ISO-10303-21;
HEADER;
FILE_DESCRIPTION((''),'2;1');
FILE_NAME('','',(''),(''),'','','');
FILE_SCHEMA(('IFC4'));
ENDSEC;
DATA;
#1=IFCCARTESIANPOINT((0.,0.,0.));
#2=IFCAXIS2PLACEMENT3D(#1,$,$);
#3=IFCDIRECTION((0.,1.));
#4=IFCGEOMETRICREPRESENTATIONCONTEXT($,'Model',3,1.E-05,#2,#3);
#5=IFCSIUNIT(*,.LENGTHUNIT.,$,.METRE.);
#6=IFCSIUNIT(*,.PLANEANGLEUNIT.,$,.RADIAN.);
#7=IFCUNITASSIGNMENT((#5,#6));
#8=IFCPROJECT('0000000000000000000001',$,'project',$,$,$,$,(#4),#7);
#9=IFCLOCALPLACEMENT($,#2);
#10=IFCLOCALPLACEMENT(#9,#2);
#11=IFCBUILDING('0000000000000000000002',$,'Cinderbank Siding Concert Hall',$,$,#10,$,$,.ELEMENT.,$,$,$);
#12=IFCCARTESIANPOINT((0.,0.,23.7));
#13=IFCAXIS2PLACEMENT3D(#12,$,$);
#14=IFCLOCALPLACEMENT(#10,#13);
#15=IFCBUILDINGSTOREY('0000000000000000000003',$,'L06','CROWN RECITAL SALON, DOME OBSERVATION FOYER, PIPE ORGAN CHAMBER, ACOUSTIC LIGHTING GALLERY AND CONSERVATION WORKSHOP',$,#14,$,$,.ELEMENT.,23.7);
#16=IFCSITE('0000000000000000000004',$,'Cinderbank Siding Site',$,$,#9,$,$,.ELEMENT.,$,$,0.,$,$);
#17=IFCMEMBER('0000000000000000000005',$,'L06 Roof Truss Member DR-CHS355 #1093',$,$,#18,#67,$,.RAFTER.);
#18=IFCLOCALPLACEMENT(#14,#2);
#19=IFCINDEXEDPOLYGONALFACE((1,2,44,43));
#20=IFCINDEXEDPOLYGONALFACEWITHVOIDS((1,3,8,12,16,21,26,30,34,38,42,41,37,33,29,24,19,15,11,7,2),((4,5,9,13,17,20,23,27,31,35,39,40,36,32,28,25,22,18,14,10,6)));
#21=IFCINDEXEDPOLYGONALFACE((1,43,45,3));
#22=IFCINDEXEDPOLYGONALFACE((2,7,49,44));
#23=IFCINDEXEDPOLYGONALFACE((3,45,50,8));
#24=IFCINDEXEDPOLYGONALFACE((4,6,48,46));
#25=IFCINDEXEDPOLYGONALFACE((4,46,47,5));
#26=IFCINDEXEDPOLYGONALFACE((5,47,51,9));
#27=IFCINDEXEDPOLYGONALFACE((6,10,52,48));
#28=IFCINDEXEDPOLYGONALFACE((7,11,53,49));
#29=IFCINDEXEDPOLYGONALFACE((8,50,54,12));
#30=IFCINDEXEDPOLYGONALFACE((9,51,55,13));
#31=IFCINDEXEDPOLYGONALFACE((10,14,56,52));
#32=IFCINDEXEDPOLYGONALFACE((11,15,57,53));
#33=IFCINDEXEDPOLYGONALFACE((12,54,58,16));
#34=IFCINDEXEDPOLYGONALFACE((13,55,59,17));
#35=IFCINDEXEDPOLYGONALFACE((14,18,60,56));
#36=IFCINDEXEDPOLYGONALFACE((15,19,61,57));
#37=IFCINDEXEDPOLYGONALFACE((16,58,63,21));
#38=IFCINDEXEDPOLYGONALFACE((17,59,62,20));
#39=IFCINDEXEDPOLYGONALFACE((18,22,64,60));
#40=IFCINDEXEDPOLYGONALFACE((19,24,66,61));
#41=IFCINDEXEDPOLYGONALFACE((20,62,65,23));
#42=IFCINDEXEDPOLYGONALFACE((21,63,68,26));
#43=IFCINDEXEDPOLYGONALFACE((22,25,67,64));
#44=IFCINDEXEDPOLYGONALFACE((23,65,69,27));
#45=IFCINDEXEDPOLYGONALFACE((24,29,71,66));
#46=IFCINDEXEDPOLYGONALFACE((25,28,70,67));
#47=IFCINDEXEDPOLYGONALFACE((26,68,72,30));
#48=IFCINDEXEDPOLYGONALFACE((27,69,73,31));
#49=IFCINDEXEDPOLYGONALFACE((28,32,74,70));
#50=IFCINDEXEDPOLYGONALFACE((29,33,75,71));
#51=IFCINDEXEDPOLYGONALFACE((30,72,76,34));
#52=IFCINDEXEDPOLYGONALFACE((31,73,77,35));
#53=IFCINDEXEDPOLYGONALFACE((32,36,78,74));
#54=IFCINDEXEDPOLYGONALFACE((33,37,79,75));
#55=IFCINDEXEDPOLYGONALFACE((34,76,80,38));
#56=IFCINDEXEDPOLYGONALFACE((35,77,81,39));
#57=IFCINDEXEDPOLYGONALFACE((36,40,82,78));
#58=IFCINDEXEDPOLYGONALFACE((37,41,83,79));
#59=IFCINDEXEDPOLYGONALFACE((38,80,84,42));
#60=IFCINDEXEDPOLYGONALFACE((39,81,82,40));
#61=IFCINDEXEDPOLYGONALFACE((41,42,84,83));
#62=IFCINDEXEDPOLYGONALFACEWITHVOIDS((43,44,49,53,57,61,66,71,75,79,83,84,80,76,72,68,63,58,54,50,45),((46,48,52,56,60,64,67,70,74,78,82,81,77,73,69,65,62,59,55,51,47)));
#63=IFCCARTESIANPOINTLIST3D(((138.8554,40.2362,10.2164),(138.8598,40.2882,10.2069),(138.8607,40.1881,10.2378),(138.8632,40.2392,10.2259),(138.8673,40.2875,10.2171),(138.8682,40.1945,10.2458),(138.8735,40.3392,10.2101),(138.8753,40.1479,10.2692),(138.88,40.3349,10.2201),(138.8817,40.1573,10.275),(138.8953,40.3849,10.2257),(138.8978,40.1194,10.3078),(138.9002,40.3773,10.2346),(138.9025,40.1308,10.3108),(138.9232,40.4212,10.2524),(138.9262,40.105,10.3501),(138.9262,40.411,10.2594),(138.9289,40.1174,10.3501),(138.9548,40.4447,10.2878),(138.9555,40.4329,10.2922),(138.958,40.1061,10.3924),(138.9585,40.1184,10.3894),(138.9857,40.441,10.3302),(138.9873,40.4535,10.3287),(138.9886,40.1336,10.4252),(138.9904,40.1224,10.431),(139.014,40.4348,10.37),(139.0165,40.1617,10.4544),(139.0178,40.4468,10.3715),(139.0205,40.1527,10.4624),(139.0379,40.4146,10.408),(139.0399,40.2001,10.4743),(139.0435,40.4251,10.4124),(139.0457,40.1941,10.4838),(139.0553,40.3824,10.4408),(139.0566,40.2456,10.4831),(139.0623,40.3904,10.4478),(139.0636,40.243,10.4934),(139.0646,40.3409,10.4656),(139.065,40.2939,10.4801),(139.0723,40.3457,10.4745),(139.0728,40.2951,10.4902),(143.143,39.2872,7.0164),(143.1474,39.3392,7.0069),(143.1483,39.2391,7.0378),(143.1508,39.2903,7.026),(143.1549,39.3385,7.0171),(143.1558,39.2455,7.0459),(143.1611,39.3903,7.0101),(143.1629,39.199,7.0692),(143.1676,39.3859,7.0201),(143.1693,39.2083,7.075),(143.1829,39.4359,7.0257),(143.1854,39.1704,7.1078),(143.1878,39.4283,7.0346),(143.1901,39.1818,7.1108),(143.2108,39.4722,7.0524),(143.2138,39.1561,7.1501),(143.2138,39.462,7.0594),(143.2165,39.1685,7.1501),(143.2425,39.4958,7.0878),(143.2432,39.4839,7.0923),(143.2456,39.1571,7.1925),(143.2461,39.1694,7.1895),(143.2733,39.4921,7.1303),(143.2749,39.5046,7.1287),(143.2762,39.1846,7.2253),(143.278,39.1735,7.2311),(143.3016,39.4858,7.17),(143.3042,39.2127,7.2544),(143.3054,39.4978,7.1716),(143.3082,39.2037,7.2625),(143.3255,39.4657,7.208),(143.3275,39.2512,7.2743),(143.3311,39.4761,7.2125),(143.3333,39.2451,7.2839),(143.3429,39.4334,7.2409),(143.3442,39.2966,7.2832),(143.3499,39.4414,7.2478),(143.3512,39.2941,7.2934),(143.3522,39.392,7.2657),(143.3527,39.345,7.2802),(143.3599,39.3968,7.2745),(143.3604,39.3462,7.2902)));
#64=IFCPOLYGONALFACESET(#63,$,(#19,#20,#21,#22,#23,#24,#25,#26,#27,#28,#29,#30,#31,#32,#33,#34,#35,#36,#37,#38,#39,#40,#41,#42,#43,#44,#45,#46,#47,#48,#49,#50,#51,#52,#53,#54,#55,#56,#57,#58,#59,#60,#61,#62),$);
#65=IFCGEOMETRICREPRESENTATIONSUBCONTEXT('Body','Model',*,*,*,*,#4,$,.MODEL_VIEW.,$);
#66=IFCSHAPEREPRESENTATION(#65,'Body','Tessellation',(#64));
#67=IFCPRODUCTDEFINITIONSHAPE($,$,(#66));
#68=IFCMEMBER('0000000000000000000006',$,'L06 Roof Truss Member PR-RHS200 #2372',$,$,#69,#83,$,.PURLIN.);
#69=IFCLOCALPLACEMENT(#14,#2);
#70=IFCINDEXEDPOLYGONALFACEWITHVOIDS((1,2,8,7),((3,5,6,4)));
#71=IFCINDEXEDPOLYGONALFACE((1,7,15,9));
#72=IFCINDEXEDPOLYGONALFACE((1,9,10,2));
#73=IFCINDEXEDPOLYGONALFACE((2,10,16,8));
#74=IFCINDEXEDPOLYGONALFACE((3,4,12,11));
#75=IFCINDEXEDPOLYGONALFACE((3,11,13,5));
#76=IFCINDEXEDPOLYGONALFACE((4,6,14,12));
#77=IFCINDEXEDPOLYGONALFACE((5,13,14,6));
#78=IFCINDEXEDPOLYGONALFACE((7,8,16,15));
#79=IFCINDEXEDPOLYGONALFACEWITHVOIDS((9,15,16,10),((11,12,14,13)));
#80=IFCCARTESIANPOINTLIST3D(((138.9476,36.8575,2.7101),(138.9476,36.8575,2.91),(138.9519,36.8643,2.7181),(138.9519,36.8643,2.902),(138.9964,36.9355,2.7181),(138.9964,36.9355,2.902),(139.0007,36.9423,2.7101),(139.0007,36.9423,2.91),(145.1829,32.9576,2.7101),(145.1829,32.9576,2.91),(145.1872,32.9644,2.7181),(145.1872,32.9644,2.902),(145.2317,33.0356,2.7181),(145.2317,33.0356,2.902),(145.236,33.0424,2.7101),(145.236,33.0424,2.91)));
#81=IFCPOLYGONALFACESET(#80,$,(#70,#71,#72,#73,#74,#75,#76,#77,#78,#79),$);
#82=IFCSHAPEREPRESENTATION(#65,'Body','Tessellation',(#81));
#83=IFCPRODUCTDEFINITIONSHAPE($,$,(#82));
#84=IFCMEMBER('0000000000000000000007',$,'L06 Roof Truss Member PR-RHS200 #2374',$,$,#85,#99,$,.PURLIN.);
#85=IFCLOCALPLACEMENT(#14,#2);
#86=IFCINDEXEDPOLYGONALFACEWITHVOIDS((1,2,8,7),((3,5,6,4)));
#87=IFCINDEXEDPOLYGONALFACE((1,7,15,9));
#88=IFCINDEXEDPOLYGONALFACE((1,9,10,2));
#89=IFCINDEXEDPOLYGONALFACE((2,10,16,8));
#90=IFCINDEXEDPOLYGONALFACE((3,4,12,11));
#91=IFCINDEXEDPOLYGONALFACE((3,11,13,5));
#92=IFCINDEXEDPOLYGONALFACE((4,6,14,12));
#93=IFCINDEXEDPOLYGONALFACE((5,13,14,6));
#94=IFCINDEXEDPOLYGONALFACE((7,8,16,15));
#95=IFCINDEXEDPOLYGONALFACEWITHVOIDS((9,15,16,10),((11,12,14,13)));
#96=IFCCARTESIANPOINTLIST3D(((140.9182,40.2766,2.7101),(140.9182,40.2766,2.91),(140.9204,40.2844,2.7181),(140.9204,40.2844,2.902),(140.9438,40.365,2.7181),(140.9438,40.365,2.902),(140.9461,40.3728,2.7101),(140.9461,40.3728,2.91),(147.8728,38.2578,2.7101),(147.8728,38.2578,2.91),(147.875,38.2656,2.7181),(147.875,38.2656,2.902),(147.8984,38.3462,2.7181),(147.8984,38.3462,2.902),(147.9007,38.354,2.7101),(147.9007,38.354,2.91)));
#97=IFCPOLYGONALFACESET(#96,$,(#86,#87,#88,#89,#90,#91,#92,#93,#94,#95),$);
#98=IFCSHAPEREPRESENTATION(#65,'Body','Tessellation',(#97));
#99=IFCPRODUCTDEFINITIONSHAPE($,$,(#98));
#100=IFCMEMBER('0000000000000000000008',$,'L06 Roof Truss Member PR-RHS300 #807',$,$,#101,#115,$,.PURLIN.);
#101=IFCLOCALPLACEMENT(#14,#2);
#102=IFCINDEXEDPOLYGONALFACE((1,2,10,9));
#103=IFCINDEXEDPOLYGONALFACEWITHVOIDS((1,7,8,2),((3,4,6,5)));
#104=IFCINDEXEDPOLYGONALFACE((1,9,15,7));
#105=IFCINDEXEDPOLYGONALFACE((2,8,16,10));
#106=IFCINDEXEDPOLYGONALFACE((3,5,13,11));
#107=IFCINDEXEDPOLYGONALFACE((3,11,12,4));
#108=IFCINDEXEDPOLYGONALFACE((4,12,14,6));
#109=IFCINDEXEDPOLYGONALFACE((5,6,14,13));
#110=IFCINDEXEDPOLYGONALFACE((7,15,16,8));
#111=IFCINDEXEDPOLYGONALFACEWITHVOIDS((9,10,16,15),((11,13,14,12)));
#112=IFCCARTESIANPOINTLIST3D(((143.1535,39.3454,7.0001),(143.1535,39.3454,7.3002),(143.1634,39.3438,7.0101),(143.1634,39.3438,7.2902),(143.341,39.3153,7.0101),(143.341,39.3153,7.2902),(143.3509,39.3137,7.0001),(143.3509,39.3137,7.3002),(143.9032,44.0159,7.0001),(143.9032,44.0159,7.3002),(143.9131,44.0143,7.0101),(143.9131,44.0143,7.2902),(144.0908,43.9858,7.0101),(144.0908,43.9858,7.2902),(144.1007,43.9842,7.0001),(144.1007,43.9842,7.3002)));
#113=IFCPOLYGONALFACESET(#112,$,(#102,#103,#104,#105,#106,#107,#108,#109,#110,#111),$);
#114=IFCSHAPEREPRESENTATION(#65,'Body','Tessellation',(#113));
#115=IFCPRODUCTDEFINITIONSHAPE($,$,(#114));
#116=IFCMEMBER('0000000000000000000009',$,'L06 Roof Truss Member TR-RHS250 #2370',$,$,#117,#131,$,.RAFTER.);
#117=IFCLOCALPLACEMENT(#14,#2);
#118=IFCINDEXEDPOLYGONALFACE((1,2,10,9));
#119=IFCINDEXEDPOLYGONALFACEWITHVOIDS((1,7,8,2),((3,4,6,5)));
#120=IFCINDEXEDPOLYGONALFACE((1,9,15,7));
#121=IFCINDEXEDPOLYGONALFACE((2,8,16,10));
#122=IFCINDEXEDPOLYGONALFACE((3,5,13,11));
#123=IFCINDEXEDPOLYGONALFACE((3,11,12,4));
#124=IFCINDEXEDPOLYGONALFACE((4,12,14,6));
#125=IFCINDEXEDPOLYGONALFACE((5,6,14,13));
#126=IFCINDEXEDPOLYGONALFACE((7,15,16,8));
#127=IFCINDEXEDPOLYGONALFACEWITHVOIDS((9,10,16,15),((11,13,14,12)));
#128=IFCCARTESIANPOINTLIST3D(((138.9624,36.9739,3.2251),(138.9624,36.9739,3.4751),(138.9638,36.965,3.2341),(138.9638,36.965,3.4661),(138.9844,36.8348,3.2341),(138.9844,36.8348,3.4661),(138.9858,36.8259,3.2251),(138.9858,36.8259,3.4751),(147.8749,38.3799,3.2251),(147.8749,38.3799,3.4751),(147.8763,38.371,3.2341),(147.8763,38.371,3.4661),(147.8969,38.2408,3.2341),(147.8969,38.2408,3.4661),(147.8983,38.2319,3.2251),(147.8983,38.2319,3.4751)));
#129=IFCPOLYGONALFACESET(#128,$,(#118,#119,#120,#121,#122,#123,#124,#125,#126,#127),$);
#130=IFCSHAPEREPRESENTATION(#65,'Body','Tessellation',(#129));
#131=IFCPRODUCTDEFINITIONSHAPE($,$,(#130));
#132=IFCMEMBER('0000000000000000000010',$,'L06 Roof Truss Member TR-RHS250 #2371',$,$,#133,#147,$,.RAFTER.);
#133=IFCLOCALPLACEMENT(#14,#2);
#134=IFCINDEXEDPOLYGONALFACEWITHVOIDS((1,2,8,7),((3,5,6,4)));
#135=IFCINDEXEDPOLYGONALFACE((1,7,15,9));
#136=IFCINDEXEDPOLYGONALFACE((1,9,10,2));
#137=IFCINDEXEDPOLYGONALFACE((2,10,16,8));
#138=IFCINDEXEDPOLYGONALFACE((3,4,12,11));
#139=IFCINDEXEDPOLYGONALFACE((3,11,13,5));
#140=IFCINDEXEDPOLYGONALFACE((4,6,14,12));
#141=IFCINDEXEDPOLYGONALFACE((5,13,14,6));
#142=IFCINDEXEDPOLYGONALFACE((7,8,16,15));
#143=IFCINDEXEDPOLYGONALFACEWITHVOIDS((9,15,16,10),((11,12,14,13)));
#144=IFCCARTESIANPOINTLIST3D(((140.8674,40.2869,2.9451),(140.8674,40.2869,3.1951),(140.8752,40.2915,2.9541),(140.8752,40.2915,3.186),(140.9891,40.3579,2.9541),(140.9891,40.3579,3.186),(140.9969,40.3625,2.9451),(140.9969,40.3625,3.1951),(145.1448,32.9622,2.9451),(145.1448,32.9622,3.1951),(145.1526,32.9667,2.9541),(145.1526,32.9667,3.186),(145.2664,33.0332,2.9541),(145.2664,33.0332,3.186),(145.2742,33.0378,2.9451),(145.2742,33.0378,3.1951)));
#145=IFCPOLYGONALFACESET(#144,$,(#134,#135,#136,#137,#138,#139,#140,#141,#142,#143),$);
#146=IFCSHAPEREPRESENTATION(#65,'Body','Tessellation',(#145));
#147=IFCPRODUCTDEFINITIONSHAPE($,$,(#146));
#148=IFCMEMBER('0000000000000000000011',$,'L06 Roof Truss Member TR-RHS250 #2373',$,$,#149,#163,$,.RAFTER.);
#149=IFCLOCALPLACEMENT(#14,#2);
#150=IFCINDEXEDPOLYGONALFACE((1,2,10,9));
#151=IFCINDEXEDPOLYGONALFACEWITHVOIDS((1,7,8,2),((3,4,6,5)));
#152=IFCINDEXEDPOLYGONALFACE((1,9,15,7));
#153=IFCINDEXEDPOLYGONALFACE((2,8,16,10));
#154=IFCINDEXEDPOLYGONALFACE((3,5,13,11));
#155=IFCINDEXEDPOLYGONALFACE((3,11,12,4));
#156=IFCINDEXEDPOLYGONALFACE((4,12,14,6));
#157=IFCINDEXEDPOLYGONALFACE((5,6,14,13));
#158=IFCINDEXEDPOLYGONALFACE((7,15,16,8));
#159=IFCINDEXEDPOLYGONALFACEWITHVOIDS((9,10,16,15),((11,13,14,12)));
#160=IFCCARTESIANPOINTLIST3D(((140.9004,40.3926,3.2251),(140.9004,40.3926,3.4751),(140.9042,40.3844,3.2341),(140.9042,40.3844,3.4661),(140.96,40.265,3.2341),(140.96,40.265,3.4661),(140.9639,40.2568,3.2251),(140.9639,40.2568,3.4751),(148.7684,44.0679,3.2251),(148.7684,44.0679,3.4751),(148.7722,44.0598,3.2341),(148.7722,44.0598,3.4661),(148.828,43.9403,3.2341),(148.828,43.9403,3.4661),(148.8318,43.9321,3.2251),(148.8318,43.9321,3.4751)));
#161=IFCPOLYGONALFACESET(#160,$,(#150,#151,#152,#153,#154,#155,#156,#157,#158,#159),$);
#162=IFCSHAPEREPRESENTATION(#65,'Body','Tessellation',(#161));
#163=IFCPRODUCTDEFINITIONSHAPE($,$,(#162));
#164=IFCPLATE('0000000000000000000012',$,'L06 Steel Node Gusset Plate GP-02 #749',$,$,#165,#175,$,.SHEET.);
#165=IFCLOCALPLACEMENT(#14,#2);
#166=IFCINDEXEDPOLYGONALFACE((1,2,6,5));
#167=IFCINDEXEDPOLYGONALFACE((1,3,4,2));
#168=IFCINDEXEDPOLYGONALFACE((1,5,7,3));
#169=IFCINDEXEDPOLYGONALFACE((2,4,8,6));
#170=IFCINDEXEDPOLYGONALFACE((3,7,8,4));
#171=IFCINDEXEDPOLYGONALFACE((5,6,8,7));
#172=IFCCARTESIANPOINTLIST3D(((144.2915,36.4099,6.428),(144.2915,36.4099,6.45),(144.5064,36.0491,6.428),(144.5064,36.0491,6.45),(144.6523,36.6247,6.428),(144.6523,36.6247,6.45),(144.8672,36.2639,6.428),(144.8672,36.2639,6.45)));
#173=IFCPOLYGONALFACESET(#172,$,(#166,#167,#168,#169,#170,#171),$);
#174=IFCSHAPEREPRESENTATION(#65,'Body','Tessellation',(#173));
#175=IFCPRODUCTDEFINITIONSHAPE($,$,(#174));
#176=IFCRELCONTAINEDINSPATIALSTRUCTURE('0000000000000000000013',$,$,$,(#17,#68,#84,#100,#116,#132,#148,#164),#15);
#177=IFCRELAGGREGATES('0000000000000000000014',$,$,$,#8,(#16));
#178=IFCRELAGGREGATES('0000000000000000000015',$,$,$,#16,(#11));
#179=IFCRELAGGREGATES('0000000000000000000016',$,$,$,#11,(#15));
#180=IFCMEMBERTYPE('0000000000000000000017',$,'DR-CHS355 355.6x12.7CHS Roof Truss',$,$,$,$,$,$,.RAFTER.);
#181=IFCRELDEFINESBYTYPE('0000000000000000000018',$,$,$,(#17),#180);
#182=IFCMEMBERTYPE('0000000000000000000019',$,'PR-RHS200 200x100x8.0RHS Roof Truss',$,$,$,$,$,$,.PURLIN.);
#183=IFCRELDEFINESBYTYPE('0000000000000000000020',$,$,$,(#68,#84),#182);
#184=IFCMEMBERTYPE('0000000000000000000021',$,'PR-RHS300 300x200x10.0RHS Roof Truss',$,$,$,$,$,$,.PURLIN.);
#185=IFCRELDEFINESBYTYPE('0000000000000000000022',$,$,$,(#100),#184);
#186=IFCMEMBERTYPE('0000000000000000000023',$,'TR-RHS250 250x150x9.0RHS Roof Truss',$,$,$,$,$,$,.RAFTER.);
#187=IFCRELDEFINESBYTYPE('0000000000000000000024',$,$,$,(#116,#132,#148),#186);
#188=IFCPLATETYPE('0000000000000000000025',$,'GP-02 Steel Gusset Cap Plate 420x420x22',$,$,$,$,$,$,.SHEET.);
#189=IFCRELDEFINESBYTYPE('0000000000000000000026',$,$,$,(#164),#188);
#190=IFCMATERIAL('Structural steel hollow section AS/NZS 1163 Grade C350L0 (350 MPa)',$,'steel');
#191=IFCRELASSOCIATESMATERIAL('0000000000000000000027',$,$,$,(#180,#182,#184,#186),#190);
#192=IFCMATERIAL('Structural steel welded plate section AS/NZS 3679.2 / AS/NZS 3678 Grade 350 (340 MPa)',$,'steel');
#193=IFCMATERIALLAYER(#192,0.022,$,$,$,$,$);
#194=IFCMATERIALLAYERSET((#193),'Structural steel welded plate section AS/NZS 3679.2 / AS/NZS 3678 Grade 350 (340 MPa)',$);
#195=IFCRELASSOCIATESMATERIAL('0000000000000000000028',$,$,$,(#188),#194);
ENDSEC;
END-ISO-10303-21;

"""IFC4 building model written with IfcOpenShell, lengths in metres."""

from ifc_helpers import new_model, si_unit, direction, frame, origin, origin_2d, place, context, subcontext, project, spatial, rectangle, hollow_rectangle, hollow_circle, extrude, material, layer, layer_set, material_profile, profile_set, type_object, element, save


model = new_model("IFC4")

# Units and contexts
model_context = context("Model", 3, precision=1e-05, world=origin(), true_north=direction((0.0, 1.0)))
body_context = subcontext(model_context, "Body", "Model", "MODEL_VIEW")
ifc_project = project(units=[si_unit("LENGTHUNIT", "METRE"), si_unit("PLANEANGLEUNIT", "RADIAN")], contexts=[model_context])

# Site, building, storey
site_placement = place(None, origin())
site = spatial("IfcSite", under=ifc_project, at=site_placement, Name="Cinderbank Siding Site", CompositionType="ELEMENT", RefElevation=0.0)
building_placement = place(site_placement, origin())
building = spatial("IfcBuilding", under=site, at=building_placement, Name="Cinderbank Siding Concert Hall", CompositionType="ELEMENT")
storey_placement = place(building_placement, frame((0.0, 0.0, 23.7)))
storey = spatial("IfcBuildingStorey", under=building, at=storey_placement, Name="L06", Description="CROWN RECITAL SALON, DOME OBSERVATION FOYER, PIPE ORGAN CHAMBER, ACOUSTIC LIGHTING GALLERY AND CONSERVATION WORKSHOP", CompositionType="ELEMENT", Elevation=23.7)

# Shared definitions
ifc_material_1 = material(Name="Structural steel welded plate section AS/NZS 3679.2 / AS/NZS 3678 Grade 350 (340 MPa)", Category="steel")

# Members
ifc_material_2 = material(Name="Structural steel hollow section AS/NZS 1163 Grade C350L0 (350 MPa)", Category="steel")
ifc_material_profile_1 = material_profile(ifc_material_2, hollow_circle(Radius=0.1777, WallThickness=0.0127, at=origin_2d()), Name="355.6x12.7CHS", Category="LoadBearing")
ifc_profile_set_1 = profile_set([ifc_material_profile_1], Name="Structural steel hollow section AS/NZS 1163 Grade C350L0 (350 MPa)")
member_type_1 = type_object("IfcMemberType", Name="DR-CHS355 355.6x12.7CHS Roof Truss", PredefinedType="RAFTER", material=ifc_profile_set_1)
member_1_placement = place(storey_placement, frame((143.2522, 39.3296, 7.1501), z_axis=(-0.789093, 0.17465, 0.588922), x_axis=(-0.2161, -0.976371, 0.0)))
element("IfcMember", 1, at=member_1_placement, inside=storey, type_object=member_type_1, Name="L06 Roof Truss Member DR-CHS355 #1093", PredefinedType="RAFTER", context=body_context, shape_type="SweptSolid", body=[
    extrude(hollow_circle(Radius=0.1777, WallThickness=0.0127, at=origin_2d()), origin(), (0.0, 0.0, 1.0), 5.4336),
])
ifc_material_profile_2 = material_profile(ifc_material_2, hollow_rectangle(XDim=0.1001, YDim=0.2, WallThickness=0.0081, at=origin_2d()), Name="200x100x8.0RHS", Category="LoadBearing")
ifc_profile_set_2 = profile_set([ifc_material_profile_2], Name="Structural steel hollow section AS/NZS 1163 Grade C350L0 (350 MPa)")
member_type_2 = type_object("IfcMemberType", Name="PR-RHS200 200x100x8.0RHS Roof Truss", PredefinedType="PURLIN", material=ifc_profile_set_2)
member_2_placement = place(storey_placement, frame((138.9741, 36.8999, 2.8101), z_axis=(0.847827, -0.530273, 0.0), x_axis=(0.530273, 0.847827, 0.0)))
element("IfcMember", 2, at=member_2_placement, inside=storey, type_object=member_type_2, Name="L06 Roof Truss Member PR-RHS200 #2372", PredefinedType="PURLIN", context=body_context, shape_type="SweptSolid", body=[
    extrude(hollow_rectangle(XDim=0.1001, YDim=0.2, WallThickness=0.0081, at=origin_2d()), origin(), (0.0, 0.0, 1.0), 7.3545),
])
member_3_placement = place(storey_placement, frame((140.9321, 40.3247, 2.8101), z_axis=(0.960356, -0.278775, 0.0), x_axis=(0.278775, 0.960356, 0.0)))
element("IfcMember", 3, at=member_3_placement, inside=storey, type_object=member_type_2, Name="L06 Roof Truss Member PR-RHS200 #2374", PredefinedType="PURLIN", context=body_context, shape_type="SweptSolid", body=[
    extrude(hollow_rectangle(XDim=0.1001, YDim=0.2, WallThickness=0.0081, at=origin_2d()), origin(), (0.0, 0.0, 1.0), 7.2417),
])
ifc_material_profile_3 = material_profile(ifc_material_2, hollow_rectangle(XDim=0.2, YDim=0.3, WallThickness=0.01, at=origin_2d()), Name="300x200x10.0RHS", Category="LoadBearing")
ifc_profile_set_3 = profile_set([ifc_material_profile_3], Name="Structural steel hollow section AS/NZS 1163 Grade C350L0 (350 MPa)")
member_type_3 = type_object("IfcMemberType", Name="PR-RHS300 300x200x10.0RHS Roof Truss", PredefinedType="PURLIN", material=ifc_profile_set_3)
member_4_placement = place(storey_placement, frame((143.2522, 39.3296, 7.1501), z_axis=(0.158504, 0.987358, 0.0), x_axis=(-0.987358, 0.158504, 0.0)))
element("IfcMember", 4, at=member_4_placement, inside=storey, type_object=member_type_3, Name="L06 Roof Truss Member PR-RHS300 #807", PredefinedType="PURLIN", context=body_context, shape_type="SweptSolid", body=[
    extrude(hollow_rectangle(XDim=0.2, YDim=0.3, WallThickness=0.01, at=origin_2d()), origin(), (0.0, 0.0, 1.0), 4.7302),
])
ifc_material_profile_4 = material_profile(ifc_material_2, hollow_rectangle(XDim=0.1499, YDim=0.25, WallThickness=0.009, at=origin_2d()), Name="250x150x9.0RHS", Category="LoadBearing")
ifc_profile_set_4 = profile_set([ifc_material_profile_4], Name="Structural steel hollow section AS/NZS 1163 Grade C350L0 (350 MPa)")
member_type_4 = type_object("IfcMemberType", Name="TR-RHS250 250x150x9.0RHS Roof Truss", PredefinedType="RAFTER", material=ifc_profile_set_4)
member_5_placement = place(storey_placement, frame((138.9741, 36.8999, 3.3501), z_axis=(0.987784, 0.155828, 0.0), x_axis=(-0.155828, 0.987784, 0.0)))
element("IfcMember", 5, at=member_5_placement, inside=storey, type_object=member_type_4, Name="L06 Roof Truss Member TR-RHS250 #2370", PredefinedType="RAFTER", context=body_context, shape_type="SweptSolid", body=[
    extrude(hollow_rectangle(XDim=0.1499, YDim=0.25, WallThickness=0.009, at=origin_2d()), origin(), (0.0, 0.0, 1.0), 9.0227),
])
member_6_placement = place(storey_placement, frame((140.9321, 40.3247, 3.0701), z_axis=(0.504275, -0.863543, 0.0), x_axis=(0.863543, 0.504275, 0.0)))
element("IfcMember", 6, at=member_6_placement, inside=storey, type_object=member_type_4, Name="L06 Roof Truss Member TR-RHS250 #2371", PredefinedType="RAFTER", context=body_context, shape_type="SweptSolid", body=[
    extrude(hollow_rectangle(XDim=0.1499, YDim=0.25, WallThickness=0.009, at=origin_2d()), origin(), (0.0, 0.0, 1.0), 8.4822),
])
member_7_placement = place(storey_placement, frame((140.9321, 40.3247, 3.3501), z_axis=(0.906024, 0.423226, 0.0), x_axis=(-0.423226, 0.906024, 0.0)))
element("IfcMember", 7, at=member_7_placement, inside=storey, type_object=member_type_4, Name="L06 Roof Truss Member TR-RHS250 #2373", PredefinedType="RAFTER", context=body_context, shape_type="SweptSolid", body=[
    extrude(hollow_rectangle(XDim=0.1499, YDim=0.25, WallThickness=0.009, at=origin_2d()), origin(), (0.0, 0.0, 1.0), 8.6841),
])

# Plate
ifc_layer_1 = layer(ifc_material_1, 0.022)
ifc_layer_set_1 = layer_set([ifc_layer_1], Name="Structural steel welded plate section AS/NZS 3679.2 / AS/NZS 3678 Grade 350 (340 MPa)")
plate_type_1 = type_object("IfcPlateType", Name="GP-02 Steel Gusset Cap Plate 420x420x22", PredefinedType="SHEET", material=ifc_layer_set_1)
plate_1_placement = place(storey_placement, frame((144.5793, 36.3369, 6.428), z_axis=(0.0, 0.0, 1.0), x_axis=(-0.859228, -0.511593, 0.0)))
element("IfcPlate", 8, at=plate_1_placement, inside=storey, type_object=plate_type_1, Name="L06 Steel Node Gusset Plate GP-02 #749", PredefinedType="SHEET", context=body_context, shape_type="SweptSolid", body=[
    extrude(rectangle(XDim=0.4199, YDim=0.4199, at=origin_2d()), origin(), (0.0, 0.0, 1.0), 0.022),
])

save(model, "model.ifc")
